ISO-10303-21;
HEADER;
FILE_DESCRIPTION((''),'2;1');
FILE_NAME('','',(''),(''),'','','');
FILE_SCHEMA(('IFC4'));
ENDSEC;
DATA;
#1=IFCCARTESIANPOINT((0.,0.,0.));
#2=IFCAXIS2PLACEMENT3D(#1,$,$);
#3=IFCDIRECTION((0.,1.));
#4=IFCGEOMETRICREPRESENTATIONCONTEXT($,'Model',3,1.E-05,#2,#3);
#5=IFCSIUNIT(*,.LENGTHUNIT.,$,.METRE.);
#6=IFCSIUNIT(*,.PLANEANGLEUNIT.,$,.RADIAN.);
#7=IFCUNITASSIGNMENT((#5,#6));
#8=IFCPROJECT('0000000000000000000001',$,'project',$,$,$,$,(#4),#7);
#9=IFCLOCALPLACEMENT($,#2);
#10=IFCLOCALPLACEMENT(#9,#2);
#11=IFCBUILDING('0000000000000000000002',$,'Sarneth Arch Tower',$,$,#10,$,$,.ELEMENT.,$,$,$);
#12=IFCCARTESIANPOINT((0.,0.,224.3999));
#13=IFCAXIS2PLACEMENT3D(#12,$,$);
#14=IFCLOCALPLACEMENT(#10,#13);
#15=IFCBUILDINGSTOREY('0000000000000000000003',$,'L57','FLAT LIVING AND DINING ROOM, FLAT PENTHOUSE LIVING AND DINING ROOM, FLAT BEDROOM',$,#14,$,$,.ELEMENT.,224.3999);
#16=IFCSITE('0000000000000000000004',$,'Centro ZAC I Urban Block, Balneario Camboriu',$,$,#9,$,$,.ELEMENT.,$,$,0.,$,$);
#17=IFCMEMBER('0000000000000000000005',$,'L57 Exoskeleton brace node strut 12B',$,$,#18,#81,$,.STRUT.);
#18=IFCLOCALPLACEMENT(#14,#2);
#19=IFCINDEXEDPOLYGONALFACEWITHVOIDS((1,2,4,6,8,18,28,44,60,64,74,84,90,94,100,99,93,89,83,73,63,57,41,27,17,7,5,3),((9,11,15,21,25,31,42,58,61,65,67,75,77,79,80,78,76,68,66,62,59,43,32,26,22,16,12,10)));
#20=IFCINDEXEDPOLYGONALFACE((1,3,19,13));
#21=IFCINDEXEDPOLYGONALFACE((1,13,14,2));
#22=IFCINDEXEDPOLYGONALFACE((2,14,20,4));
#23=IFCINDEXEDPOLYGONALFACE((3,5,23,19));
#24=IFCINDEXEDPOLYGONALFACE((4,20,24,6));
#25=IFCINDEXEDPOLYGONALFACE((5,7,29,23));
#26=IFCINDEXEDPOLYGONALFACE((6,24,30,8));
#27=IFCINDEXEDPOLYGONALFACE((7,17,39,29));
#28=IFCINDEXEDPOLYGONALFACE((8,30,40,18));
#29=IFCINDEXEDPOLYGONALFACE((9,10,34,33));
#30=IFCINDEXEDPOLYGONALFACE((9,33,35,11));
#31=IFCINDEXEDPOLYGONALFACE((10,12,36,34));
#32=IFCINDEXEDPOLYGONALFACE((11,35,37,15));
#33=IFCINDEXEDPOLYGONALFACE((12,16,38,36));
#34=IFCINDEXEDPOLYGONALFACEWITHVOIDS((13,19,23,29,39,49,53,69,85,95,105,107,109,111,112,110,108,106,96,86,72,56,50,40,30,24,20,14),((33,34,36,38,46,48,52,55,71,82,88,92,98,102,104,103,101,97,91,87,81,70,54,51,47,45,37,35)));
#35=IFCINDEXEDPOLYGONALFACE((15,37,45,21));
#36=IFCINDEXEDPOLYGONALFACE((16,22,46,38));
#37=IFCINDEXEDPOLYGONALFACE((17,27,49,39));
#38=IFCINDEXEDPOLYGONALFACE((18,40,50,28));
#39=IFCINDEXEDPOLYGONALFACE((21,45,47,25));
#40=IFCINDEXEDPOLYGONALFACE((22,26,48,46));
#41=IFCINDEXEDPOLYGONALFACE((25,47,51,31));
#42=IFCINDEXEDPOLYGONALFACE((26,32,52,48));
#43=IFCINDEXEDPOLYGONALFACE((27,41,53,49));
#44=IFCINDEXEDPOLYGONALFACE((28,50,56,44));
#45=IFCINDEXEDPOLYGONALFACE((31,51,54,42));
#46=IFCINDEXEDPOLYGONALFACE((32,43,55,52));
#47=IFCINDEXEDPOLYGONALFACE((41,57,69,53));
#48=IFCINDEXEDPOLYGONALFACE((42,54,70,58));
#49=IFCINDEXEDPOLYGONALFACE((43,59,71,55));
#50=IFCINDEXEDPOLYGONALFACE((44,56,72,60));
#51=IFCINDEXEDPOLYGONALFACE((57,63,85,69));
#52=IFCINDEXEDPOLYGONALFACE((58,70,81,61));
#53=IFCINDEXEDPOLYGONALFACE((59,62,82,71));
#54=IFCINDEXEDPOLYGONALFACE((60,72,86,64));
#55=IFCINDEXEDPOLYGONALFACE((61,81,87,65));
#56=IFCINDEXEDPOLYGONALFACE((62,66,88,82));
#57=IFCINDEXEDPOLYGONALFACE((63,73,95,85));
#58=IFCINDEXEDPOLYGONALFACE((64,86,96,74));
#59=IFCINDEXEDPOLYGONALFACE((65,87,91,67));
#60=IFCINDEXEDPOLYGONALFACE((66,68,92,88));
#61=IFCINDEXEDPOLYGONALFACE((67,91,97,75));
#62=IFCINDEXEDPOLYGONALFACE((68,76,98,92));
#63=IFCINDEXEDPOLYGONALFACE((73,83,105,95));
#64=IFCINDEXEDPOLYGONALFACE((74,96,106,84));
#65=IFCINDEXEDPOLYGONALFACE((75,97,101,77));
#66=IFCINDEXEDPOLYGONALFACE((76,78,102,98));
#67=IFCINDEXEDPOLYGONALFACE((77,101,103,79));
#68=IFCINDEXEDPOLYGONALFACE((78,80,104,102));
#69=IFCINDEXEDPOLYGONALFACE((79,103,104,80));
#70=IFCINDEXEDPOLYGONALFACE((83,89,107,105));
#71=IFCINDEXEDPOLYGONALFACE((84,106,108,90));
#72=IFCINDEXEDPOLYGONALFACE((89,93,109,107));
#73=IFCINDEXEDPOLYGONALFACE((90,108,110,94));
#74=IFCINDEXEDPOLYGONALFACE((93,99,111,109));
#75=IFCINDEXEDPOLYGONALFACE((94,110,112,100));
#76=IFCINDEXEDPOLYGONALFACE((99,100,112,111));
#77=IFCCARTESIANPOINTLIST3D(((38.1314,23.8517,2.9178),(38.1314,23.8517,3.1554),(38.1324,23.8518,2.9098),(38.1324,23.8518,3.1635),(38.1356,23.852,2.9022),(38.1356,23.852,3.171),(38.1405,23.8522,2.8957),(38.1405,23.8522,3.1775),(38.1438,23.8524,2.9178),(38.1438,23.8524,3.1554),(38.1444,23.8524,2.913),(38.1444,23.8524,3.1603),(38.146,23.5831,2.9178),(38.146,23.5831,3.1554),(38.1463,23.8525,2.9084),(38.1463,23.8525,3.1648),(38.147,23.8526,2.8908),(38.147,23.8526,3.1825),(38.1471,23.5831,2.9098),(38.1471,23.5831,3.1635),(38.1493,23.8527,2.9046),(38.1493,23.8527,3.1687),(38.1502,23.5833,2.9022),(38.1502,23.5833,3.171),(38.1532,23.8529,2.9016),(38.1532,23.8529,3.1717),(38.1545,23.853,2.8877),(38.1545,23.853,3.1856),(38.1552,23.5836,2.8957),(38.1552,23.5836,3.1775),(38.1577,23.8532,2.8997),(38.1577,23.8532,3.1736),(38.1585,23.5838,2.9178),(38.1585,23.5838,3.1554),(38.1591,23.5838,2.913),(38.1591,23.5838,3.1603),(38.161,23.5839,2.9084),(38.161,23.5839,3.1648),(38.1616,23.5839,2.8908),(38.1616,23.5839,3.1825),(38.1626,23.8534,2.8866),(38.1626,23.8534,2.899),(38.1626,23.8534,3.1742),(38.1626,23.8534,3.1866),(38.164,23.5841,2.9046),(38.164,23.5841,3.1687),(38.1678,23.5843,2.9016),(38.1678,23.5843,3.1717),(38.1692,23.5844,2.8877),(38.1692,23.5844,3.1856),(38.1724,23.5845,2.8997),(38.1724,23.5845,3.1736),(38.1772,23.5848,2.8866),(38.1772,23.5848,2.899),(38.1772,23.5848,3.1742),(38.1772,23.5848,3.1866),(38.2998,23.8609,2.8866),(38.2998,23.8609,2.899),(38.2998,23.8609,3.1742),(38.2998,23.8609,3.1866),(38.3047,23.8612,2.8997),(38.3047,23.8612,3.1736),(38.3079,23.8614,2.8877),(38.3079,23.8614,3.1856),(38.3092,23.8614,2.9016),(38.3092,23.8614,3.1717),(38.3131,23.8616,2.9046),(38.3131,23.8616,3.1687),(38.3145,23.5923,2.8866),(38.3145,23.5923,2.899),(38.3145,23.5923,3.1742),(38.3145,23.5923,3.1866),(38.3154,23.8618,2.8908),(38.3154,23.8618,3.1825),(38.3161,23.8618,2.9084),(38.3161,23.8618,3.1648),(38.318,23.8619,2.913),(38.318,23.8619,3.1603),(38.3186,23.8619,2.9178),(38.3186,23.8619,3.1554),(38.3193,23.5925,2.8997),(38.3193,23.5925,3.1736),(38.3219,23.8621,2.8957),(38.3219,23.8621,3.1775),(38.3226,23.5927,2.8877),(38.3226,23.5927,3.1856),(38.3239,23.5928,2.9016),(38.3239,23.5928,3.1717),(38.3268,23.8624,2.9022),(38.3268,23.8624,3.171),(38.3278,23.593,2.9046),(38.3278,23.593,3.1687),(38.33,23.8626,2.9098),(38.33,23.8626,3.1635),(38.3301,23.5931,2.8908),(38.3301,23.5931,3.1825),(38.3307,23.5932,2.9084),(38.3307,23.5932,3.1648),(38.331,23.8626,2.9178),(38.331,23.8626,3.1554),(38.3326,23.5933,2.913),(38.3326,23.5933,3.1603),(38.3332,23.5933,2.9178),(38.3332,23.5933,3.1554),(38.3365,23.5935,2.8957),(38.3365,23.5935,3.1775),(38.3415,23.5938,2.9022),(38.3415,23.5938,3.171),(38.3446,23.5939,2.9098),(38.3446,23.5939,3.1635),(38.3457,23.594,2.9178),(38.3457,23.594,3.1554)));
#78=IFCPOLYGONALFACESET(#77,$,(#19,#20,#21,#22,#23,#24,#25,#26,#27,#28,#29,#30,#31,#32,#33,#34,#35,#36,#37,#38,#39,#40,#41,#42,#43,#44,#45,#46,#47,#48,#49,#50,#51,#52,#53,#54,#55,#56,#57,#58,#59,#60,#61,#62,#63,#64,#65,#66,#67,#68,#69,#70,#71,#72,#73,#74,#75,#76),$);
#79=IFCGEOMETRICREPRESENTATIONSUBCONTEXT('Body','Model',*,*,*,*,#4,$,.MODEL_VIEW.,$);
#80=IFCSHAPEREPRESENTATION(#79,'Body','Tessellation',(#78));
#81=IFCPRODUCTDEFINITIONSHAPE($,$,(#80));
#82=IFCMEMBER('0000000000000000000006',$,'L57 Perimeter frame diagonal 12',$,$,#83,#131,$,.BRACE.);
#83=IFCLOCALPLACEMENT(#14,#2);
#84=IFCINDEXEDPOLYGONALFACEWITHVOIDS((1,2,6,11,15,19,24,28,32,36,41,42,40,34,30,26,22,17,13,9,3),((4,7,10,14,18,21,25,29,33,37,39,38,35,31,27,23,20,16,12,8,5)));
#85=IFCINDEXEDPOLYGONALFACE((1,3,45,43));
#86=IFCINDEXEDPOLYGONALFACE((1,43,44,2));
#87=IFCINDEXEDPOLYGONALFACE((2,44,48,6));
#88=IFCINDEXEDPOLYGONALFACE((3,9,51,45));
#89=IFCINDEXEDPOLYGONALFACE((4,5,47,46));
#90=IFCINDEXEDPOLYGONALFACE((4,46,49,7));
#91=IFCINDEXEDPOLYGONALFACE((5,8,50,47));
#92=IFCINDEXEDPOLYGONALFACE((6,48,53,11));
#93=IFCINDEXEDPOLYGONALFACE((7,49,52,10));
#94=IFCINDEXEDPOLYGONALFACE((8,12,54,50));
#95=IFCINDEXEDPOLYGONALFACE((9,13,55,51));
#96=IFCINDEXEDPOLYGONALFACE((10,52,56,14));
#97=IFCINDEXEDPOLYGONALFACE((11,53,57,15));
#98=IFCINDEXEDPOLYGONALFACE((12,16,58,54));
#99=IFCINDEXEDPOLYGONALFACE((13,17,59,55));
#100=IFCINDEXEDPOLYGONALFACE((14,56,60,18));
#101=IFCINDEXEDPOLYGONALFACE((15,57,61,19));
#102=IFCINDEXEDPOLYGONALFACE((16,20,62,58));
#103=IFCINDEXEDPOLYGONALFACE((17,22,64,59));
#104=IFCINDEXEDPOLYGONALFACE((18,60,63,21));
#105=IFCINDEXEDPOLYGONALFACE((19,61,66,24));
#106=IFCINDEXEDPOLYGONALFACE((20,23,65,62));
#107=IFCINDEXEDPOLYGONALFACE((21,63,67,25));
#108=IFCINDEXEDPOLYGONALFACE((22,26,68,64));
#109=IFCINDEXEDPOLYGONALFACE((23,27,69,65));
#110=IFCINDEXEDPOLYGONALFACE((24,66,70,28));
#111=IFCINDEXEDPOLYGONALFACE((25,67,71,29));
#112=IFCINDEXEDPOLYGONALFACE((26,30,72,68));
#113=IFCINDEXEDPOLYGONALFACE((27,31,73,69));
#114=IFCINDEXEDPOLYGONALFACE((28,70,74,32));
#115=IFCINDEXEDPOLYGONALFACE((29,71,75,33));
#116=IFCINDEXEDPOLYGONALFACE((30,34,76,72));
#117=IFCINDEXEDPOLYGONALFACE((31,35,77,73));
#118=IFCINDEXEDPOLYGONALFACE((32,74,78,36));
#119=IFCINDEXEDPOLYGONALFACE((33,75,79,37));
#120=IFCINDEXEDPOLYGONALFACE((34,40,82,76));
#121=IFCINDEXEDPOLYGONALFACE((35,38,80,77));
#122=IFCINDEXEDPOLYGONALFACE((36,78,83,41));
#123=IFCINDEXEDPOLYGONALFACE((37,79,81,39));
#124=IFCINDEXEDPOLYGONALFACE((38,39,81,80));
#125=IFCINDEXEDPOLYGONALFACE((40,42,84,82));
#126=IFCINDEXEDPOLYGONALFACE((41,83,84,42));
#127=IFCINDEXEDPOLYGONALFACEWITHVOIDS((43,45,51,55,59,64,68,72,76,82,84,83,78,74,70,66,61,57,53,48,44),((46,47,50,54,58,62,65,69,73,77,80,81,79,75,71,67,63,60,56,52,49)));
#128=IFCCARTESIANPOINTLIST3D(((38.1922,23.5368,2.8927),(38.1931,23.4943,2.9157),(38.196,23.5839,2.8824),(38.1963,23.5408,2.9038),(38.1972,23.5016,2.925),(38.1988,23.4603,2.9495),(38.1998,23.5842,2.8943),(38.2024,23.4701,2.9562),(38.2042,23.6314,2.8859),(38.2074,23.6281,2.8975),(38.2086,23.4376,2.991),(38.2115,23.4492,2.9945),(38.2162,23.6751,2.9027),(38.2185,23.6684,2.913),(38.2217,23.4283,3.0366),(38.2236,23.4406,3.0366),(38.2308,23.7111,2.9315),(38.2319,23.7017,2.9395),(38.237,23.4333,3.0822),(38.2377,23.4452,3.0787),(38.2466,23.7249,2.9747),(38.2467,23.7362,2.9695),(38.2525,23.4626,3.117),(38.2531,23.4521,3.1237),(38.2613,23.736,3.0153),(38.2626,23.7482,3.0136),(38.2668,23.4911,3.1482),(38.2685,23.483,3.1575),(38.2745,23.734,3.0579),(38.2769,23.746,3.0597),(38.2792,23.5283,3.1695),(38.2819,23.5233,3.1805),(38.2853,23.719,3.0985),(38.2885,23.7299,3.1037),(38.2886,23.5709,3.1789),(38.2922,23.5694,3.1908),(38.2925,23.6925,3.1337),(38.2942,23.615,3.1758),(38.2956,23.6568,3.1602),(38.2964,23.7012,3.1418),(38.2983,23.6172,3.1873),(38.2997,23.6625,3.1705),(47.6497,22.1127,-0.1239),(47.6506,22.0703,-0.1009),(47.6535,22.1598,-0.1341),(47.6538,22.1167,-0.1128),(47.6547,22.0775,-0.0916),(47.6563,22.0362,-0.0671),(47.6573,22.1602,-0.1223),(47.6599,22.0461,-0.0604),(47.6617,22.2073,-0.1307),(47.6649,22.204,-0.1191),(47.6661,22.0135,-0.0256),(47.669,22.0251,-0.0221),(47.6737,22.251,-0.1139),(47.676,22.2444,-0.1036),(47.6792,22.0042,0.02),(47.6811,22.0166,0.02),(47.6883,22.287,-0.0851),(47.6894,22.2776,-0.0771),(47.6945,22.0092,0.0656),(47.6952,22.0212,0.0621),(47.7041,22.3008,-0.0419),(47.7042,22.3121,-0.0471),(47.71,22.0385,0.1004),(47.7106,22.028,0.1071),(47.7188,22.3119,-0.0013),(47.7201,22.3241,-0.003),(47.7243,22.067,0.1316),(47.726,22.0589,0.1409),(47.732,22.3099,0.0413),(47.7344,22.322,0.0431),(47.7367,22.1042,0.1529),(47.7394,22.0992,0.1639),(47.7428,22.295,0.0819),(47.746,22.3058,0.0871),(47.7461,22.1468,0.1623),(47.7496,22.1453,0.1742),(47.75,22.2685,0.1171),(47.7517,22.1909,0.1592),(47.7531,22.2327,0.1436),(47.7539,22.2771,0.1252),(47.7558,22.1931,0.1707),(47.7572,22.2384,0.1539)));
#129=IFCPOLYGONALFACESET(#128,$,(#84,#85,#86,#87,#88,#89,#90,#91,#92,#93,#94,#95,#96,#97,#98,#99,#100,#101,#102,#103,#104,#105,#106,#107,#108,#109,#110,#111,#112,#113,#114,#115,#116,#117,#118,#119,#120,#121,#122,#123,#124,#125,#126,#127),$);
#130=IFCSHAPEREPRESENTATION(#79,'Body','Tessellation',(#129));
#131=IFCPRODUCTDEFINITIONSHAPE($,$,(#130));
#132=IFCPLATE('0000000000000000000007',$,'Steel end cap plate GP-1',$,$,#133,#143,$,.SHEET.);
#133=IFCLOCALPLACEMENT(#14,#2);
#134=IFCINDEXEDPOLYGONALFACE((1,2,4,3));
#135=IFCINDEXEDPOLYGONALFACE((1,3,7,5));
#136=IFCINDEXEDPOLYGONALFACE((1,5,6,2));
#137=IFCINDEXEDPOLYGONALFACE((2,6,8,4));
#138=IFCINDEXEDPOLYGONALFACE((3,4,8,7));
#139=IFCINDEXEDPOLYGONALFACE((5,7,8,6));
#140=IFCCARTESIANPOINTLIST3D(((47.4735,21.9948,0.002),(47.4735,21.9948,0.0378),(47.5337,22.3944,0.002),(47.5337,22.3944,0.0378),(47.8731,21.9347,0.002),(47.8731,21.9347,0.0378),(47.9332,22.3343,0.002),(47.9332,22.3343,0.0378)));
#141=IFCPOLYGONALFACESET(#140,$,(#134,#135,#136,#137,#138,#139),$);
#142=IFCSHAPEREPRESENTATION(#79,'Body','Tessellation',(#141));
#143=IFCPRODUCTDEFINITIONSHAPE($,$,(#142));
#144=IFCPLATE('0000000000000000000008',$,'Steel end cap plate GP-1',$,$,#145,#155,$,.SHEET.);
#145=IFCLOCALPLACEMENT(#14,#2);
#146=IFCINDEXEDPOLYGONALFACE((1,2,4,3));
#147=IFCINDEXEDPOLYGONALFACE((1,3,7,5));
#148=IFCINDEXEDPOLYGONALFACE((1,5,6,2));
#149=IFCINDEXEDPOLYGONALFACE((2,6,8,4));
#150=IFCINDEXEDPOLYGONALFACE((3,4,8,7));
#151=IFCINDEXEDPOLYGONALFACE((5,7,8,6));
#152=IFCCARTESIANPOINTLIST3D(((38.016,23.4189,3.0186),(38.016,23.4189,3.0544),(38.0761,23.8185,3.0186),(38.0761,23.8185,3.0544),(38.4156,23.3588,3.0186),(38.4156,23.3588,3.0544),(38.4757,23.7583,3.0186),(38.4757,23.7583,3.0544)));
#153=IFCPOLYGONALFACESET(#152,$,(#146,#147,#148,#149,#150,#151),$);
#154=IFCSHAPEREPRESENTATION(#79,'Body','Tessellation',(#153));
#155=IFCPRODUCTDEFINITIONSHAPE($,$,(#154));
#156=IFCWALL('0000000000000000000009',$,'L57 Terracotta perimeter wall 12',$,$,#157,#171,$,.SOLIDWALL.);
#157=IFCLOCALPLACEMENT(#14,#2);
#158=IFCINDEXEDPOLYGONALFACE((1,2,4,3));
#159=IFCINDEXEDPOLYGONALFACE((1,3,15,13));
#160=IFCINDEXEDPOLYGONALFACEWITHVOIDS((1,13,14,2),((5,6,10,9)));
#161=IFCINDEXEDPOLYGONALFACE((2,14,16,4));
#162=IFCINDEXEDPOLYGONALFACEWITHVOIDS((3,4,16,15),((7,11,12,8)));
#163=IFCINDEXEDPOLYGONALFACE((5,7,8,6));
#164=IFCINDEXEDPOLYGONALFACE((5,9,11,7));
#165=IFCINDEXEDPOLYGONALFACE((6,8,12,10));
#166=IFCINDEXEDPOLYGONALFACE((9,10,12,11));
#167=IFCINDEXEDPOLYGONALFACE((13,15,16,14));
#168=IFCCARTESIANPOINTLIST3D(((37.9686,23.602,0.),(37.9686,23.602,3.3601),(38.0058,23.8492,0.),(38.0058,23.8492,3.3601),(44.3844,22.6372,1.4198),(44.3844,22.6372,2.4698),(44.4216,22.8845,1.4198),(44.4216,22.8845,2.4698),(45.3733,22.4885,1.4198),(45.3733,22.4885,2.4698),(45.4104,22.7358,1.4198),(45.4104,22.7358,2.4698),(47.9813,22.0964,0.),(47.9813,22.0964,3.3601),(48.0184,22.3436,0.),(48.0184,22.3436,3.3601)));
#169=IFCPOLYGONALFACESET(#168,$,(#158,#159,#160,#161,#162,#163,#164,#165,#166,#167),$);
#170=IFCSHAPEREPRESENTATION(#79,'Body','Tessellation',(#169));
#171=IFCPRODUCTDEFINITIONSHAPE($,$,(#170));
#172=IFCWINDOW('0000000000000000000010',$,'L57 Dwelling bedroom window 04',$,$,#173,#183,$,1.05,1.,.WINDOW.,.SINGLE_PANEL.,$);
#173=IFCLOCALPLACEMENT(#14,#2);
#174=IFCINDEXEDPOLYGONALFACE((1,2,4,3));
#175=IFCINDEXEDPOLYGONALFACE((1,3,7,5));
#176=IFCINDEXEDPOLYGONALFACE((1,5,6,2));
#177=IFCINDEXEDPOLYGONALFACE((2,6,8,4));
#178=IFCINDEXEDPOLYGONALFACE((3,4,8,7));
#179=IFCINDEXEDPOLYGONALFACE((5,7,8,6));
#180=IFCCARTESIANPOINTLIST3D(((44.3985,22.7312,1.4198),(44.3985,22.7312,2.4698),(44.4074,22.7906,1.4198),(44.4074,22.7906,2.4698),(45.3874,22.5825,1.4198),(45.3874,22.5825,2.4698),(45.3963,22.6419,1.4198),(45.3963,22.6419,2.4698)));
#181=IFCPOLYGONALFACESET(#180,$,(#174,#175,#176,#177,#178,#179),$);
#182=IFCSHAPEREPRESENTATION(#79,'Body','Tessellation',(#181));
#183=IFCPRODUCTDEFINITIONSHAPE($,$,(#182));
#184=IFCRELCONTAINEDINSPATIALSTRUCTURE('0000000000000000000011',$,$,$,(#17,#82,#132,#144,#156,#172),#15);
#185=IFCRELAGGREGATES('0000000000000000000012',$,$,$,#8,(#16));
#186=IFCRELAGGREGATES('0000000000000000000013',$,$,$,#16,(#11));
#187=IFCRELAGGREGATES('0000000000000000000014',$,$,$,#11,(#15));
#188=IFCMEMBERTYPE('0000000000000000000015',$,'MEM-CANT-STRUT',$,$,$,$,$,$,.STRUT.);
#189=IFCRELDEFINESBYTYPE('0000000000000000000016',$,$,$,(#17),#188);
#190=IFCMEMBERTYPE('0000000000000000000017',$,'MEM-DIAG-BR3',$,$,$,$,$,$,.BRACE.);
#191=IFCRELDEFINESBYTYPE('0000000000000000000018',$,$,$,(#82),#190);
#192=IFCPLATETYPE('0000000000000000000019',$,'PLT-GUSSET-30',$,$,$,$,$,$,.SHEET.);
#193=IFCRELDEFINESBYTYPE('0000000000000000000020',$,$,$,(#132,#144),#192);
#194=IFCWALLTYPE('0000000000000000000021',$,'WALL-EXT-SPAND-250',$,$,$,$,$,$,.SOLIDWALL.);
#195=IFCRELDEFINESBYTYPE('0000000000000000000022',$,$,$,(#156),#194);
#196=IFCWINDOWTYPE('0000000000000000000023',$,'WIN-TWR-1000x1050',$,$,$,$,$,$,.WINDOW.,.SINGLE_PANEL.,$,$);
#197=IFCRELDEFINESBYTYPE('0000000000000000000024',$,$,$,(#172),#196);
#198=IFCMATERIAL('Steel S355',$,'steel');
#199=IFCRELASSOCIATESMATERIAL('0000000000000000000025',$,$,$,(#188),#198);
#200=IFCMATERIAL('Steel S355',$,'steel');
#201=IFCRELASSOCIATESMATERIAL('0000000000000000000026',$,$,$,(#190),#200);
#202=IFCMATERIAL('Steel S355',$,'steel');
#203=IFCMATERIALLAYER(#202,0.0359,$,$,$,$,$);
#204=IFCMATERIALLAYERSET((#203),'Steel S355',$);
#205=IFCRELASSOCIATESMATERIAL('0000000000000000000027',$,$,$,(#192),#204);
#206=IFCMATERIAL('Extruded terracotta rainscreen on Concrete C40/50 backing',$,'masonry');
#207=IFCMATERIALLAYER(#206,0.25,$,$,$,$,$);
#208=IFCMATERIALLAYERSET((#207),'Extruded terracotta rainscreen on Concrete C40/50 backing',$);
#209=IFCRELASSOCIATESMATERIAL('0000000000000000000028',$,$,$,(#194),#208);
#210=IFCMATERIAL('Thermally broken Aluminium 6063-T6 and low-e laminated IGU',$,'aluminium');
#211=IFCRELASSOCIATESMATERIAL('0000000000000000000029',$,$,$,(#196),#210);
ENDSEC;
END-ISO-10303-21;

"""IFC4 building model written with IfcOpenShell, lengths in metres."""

from ifc_helpers import new_model, si_unit, direction, frame, frame_2d, origin, origin_2d, place, context, subcontext, project, spatial, rectangle, hollow_rectangle, hollow_circle, extrude, material, layer, layer_set, material_profile, profile_set, type_object, element, fill, save


model = new_model("IFC4")

# Units and contexts
model_context = context("Model", 3, precision=1e-05, world=origin(), true_north=direction((0.0, 1.0)))
body_context = subcontext(model_context, "Body", "Model", "MODEL_VIEW")
ifc_project = project(units=[si_unit("LENGTHUNIT", "METRE"), si_unit("PLANEANGLEUNIT", "RADIAN")], contexts=[model_context])

# Site, building, storey
site_placement = place(None, origin())
site = spatial("IfcSite", under=ifc_project, at=site_placement, Name="Centro ZAC I Urban Block, Balneario Camboriu", CompositionType="ELEMENT", RefElevation=0.0)
building_placement = place(site_placement, origin())
building = spatial("IfcBuilding", under=site, at=building_placement, Name="Sarneth Arch Tower", CompositionType="ELEMENT")
storey_placement = place(building_placement, frame((0.0, 0.0, 224.3999)))
storey = spatial("IfcBuildingStorey", under=building, at=storey_placement, Name="L57", Description="FLAT LIVING AND DINING ROOM, FLAT PENTHOUSE LIVING AND DINING ROOM, FLAT BEDROOM", CompositionType="ELEMENT", Elevation=224.3999)

# Members
ifc_material_1 = material(Name="Steel S355", Category="steel")
ifc_material_profile_1 = material_profile(ifc_material_1, hollow_rectangle(XDim=0.2, YDim=0.3, WallThickness=0.0125, InnerFilletRadius=0.0188, OuterFilletRadius=0.0312, at=origin_2d()), Name="RHS300x200x12.5")
ifc_profile_set_1 = profile_set([ifc_material_profile_1], Name="Steel S355")
member_type_1 = type_object("IfcMemberType", Name="MEM-CANT-STRUT", PredefinedType="STRUT", material=ifc_profile_set_1)
member_1_placement = place(storey_placement, frame((38.2312, 23.8572, 3.0366), z_axis=(0.054464, -0.998516, 0.0), x_axis=(0.998516, 0.054464, 0.0)))
element("IfcMember", 1, at=member_1_placement, inside=storey, type_object=member_type_1, Name="L57 Exoskeleton brace node strut 12B", PredefinedType="STRUT", context=body_context, shape_type="SweptSolid", body=[
    extrude(hollow_rectangle(XDim=0.2, YDim=0.3, WallThickness=0.0125, InnerFilletRadius=0.0188, OuterFilletRadius=0.0312, at=origin_2d()), origin(), (0.0, 0.0, 1.0), 0.269),
])
ifc_material_2 = material(Name="Steel S355", Category="steel")
ifc_material_profile_2 = material_profile(ifc_material_2, hollow_circle(Radius=0.1621, WallThickness=0.0125, at=origin_2d()), Name="CHS324x12.5")
ifc_profile_set_2 = profile_set([ifc_material_profile_2], Name="Steel S355")
member_type_2 = type_object("IfcMemberType", Name="MEM-DIAG-BR3", PredefinedType="BRACE", material=ifc_profile_set_2)
member_2_placement = place(storey_placement, frame((47.7034, 22.1646, 0.02), z_axis=(-0.943056, 0.142001, 0.3008), x_axis=(-0.148897, -0.988853, 0.0)))
element("IfcMember", 2, at=member_2_placement, inside=storey, type_object=member_type_2, Name="L57 Perimeter frame diagonal 12", PredefinedType="BRACE", context=body_context, shape_type="SweptSolid", body=[
    extrude(hollow_circle(Radius=0.1621, WallThickness=0.0125, at=origin_2d()), origin(), (0.0, 0.0, 1.0), 10.0286),
])

# Plates
ifc_material_3 = material(Name="Steel S355", Category="steel")
ifc_layer_1 = layer(ifc_material_3, 0.0359)
ifc_layer_set_1 = layer_set([ifc_layer_1], Name="Steel S355")
plate_type = type_object("IfcPlateType", Name="PLT-GUSSET-30", PredefinedType="SHEET", material=ifc_layer_set_1)
for number, where, z_axis, x_axis, name in (
    (3, (47.7034, 22.1646, 0.002), (0.0, 0.0, 1.0), (0.988861, -0.148845, 0.0), "Steel end cap plate GP-1"),
    (4, (38.2458, 23.5886, 3.0186), (0.0, 0.0, 1.0), (0.988861, -0.148845, 0.0), "Steel end cap plate GP-1"),
):
    element("IfcPlate", number, at=place(storey_placement, frame(where, z_axis=z_axis, x_axis=x_axis)), inside=storey, type_object=plate_type, Name=name, PredefinedType="SHEET", context=body_context, shape_type="SweptSolid", body=[
        extrude(rectangle(XDim=0.4041, YDim=0.4041, at=origin_2d()), origin(), (0.0, 0.0, 1.0), 0.0359),
    ])

# Wall, opening, window
ifc_material_4 = material(Name="Extruded terracotta rainscreen on Concrete C40/50 backing", Category="masonry")
ifc_layer_2 = layer(ifc_material_4, 0.25)
ifc_layer_set_2 = layer_set([ifc_layer_2], Name="Extruded terracotta rainscreen on Concrete C40/50 backing")
wall_type_1 = type_object("IfcWallType", Name="WALL-EXT-SPAND-250", PredefinedType="SOLIDWALL", material=ifc_layer_set_2)
wall_1_placement = place(storey_placement, frame((37.9873, 23.7256, 0.0), z_axis=(0.0, 0.0, 1.0), x_axis=(0.988883, -0.148699, 0.0)))
wall_1 = element("IfcWall", 5, at=wall_1_placement, inside=storey, type_object=wall_type_1, Name="L57 Terracotta perimeter wall 12", PredefinedType="SOLIDWALL", context=body_context, shape_type="SweptSolid", body=[
    extrude(rectangle(XDim=10.1252, YDim=0.25, at=frame_2d((5.0625, 0.0))), origin(), (0.0, 0.0, 1.0), 3.3601),
])
opening_1_placement = place(wall_1_placement, frame((6.4878, 0.0, 1.4199)))
opening_1 = element("IfcOpeningElement", 6, at=opening_1_placement, cuts=wall_1, PredefinedType="OPENING", context=body_context, shape_type="SweptSolid", body=[
    extrude(rectangle(XDim=1.0, YDim=1.05, at=frame_2d((0.5, 0.5249))), frame((0.0, 0.135, 0.0), z_axis=(0.0, -1.0, 0.0), x_axis=(1.0, 0.0, 0.0)), (0.0, 0.0, 1.0), 0.27),
])
ifc_material_5 = material(Name="Thermally broken Aluminium 6063-T6 and low-e laminated IGU", Category="aluminium")
window_type = type_object("IfcWindowType", Name="WIN-TWR-1000x1050", PartitioningType="SINGLE_PANEL", PredefinedType="WINDOW", material=ifc_material_5)
window_placement = place(opening_1_placement, origin())
window = element("IfcWindow", 7, at=window_placement, inside=storey, type_object=window_type, Name="L57 Dwelling bedroom window 04", OverallHeight=1.05, OverallWidth=1.0, PartitioningType="SINGLE_PANEL", PredefinedType="WINDOW", context=body_context, shape_type="SweptSolid", body=[
    extrude(rectangle(XDim=1.0, YDim=1.05, at=frame_2d((0.5, 0.5249))), frame((0.0, 0.03, 0.0), z_axis=(0.0, -1.0, 0.0), x_axis=(1.0, 0.0, 0.0)), (0.0, 0.0, 1.0), 0.0601),
])
fill(opening_1, window)

save(model, "model.ifc")
